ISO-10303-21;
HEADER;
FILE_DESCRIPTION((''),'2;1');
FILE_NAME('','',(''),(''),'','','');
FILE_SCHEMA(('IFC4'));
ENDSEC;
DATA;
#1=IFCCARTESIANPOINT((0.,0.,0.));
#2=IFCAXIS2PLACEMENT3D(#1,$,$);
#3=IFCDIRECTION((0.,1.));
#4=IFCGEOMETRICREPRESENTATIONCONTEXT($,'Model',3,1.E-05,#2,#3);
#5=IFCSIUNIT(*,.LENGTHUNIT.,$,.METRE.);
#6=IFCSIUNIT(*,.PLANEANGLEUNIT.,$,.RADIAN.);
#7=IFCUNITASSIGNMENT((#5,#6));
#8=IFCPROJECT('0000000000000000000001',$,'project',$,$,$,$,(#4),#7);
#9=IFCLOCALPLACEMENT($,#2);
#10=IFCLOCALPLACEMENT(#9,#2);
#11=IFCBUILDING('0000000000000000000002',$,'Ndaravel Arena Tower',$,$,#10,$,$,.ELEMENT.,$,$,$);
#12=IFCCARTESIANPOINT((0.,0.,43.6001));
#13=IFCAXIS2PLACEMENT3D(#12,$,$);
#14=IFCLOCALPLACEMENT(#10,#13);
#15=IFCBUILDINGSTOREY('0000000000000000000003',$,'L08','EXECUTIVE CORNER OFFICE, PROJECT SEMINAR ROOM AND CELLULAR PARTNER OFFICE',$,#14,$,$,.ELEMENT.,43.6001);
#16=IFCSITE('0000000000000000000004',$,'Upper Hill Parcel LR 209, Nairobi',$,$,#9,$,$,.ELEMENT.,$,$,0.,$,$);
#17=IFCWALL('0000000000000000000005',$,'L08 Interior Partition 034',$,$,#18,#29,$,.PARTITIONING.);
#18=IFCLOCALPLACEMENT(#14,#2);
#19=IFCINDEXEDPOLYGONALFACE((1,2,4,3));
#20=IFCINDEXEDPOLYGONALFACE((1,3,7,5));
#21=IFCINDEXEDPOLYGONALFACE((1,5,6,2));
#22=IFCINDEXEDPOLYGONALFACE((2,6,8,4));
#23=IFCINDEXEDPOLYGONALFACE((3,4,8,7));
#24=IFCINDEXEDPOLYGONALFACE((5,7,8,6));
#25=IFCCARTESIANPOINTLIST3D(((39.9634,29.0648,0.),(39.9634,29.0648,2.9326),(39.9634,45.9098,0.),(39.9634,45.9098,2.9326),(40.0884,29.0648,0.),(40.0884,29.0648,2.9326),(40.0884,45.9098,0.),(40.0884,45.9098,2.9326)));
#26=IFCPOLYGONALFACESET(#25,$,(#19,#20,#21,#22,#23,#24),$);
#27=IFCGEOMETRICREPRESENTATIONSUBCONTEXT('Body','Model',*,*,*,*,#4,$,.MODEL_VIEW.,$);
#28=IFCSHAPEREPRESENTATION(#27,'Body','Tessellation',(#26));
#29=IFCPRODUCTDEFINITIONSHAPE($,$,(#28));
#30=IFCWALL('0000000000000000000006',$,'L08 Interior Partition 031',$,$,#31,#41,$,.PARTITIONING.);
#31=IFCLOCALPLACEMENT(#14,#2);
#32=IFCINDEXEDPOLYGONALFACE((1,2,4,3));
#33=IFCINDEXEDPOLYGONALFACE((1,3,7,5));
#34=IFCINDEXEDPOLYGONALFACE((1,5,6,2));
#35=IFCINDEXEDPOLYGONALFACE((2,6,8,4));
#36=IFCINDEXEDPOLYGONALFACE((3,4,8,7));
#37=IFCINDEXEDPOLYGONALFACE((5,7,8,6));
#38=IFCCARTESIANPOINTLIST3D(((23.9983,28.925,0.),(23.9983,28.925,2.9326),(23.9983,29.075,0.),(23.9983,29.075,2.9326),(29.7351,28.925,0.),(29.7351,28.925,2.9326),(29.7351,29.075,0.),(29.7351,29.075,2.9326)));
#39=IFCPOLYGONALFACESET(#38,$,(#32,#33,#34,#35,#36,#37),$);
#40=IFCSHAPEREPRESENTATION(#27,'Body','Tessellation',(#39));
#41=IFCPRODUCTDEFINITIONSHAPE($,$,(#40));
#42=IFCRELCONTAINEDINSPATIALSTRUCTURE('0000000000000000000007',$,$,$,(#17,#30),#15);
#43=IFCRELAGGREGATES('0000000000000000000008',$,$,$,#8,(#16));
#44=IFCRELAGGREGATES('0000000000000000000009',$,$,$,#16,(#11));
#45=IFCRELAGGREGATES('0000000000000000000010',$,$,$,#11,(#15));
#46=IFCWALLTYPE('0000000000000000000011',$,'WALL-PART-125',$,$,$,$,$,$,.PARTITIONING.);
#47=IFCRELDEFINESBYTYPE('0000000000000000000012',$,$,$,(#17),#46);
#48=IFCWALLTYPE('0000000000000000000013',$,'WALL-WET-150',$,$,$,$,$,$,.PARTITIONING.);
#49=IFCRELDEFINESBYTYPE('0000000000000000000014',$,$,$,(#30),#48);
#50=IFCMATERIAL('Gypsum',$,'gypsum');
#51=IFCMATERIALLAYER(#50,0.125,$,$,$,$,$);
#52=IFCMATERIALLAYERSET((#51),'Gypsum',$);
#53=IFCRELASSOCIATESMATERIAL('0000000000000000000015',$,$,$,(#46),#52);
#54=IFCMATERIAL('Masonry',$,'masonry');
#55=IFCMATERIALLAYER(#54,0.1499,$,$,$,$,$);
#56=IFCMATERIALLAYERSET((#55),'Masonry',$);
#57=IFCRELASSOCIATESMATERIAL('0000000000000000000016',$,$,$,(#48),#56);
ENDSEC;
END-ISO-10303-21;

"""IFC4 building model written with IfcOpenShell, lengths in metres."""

from ifc_helpers import new_model, si_unit, direction, frame, frame_2d, origin, place, context, subcontext, project, spatial, rectangle, extrude, material, layer, layer_set, type_object, element, save


model = new_model("IFC4")

# Units and contexts
model_context = context("Model", 3, precision=1e-05, world=origin(), true_north=direction((0.0, 1.0)))
body_context = subcontext(model_context, "Body", "Model", "MODEL_VIEW")
ifc_project = project(units=[si_unit("LENGTHUNIT", "METRE"), si_unit("PLANEANGLEUNIT", "RADIAN")], contexts=[model_context])

# Site, building, storey
site_placement = place(None, origin())
site = spatial("IfcSite", under=ifc_project, at=site_placement, Name="Upper Hill Parcel LR 209, Nairobi", CompositionType="ELEMENT", RefElevation=0.0)
building_placement = place(site_placement, origin())
building = spatial("IfcBuilding", under=site, at=building_placement, Name="Ndaravel Arena Tower", CompositionType="ELEMENT")
storey_placement = place(building_placement, frame((0.0, 0.0, 43.6001)))
storey = spatial("IfcBuildingStorey", under=building, at=storey_placement, Name="L08", Description="EXECUTIVE CORNER OFFICE, PROJECT SEMINAR ROOM AND CELLULAR PARTNER OFFICE", CompositionType="ELEMENT", Elevation=43.6001)

# Shared definitions
ifc_material_1 = material(Name="Gypsum", Category="gypsum")
ifc_layer_1 = layer(ifc_material_1, 0.125)
ifc_layer_set_1 = layer_set([ifc_layer_1], Name="Gypsum")
wall_type_1 = type_object("IfcWallType", Name="WALL-PART-125", PredefinedType="PARTITIONING", material=ifc_layer_set_1)

# Walls
wall_1_placement = place(storey_placement, frame((40.0259, 29.0649, 0.0), z_axis=(0.0, 0.0, 1.0), x_axis=(0.0, 1.0, 0.0)))
element("IfcWall", 1, at=wall_1_placement, inside=storey, type_object=wall_type_1, Name="L08 Interior Partition 034", PredefinedType="PARTITIONING", context=body_context, shape_type="SweptSolid", body=[
    extrude(rectangle(XDim=16.845, YDim=0.125, at=frame_2d((8.4224, 0.0))), origin(), (0.0, 0.0, 1.0), 2.9326),
])
ifc_material_2 = material(Name="Masonry", Category="masonry")
ifc_layer_2 = layer(ifc_material_2, 0.1499)
ifc_layer_set_2 = layer_set([ifc_layer_2], Name="Masonry")
wall_type_2 = type_object("IfcWallType", Name="WALL-WET-150", PredefinedType="PARTITIONING", material=ifc_layer_set_2)
wall_2_placement = place(storey_placement, frame((23.9983, 29.0, 0.0), z_axis=(0.0, 0.0, 1.0), x_axis=(1.0, 0.0, 0.0)))
element("IfcWall", 2, at=wall_2_placement, inside=storey, type_object=wall_type_2, Name="L08 Interior Partition 031", PredefinedType="PARTITIONING", context=body_context, shape_type="SweptSolid", body=[
    extrude(rectangle(XDim=5.7368, YDim=0.1499, at=frame_2d((2.8684, 0.0))), origin(), (0.0, 0.0, 1.0), 2.9326),
])

save(model, "model.ifc")
